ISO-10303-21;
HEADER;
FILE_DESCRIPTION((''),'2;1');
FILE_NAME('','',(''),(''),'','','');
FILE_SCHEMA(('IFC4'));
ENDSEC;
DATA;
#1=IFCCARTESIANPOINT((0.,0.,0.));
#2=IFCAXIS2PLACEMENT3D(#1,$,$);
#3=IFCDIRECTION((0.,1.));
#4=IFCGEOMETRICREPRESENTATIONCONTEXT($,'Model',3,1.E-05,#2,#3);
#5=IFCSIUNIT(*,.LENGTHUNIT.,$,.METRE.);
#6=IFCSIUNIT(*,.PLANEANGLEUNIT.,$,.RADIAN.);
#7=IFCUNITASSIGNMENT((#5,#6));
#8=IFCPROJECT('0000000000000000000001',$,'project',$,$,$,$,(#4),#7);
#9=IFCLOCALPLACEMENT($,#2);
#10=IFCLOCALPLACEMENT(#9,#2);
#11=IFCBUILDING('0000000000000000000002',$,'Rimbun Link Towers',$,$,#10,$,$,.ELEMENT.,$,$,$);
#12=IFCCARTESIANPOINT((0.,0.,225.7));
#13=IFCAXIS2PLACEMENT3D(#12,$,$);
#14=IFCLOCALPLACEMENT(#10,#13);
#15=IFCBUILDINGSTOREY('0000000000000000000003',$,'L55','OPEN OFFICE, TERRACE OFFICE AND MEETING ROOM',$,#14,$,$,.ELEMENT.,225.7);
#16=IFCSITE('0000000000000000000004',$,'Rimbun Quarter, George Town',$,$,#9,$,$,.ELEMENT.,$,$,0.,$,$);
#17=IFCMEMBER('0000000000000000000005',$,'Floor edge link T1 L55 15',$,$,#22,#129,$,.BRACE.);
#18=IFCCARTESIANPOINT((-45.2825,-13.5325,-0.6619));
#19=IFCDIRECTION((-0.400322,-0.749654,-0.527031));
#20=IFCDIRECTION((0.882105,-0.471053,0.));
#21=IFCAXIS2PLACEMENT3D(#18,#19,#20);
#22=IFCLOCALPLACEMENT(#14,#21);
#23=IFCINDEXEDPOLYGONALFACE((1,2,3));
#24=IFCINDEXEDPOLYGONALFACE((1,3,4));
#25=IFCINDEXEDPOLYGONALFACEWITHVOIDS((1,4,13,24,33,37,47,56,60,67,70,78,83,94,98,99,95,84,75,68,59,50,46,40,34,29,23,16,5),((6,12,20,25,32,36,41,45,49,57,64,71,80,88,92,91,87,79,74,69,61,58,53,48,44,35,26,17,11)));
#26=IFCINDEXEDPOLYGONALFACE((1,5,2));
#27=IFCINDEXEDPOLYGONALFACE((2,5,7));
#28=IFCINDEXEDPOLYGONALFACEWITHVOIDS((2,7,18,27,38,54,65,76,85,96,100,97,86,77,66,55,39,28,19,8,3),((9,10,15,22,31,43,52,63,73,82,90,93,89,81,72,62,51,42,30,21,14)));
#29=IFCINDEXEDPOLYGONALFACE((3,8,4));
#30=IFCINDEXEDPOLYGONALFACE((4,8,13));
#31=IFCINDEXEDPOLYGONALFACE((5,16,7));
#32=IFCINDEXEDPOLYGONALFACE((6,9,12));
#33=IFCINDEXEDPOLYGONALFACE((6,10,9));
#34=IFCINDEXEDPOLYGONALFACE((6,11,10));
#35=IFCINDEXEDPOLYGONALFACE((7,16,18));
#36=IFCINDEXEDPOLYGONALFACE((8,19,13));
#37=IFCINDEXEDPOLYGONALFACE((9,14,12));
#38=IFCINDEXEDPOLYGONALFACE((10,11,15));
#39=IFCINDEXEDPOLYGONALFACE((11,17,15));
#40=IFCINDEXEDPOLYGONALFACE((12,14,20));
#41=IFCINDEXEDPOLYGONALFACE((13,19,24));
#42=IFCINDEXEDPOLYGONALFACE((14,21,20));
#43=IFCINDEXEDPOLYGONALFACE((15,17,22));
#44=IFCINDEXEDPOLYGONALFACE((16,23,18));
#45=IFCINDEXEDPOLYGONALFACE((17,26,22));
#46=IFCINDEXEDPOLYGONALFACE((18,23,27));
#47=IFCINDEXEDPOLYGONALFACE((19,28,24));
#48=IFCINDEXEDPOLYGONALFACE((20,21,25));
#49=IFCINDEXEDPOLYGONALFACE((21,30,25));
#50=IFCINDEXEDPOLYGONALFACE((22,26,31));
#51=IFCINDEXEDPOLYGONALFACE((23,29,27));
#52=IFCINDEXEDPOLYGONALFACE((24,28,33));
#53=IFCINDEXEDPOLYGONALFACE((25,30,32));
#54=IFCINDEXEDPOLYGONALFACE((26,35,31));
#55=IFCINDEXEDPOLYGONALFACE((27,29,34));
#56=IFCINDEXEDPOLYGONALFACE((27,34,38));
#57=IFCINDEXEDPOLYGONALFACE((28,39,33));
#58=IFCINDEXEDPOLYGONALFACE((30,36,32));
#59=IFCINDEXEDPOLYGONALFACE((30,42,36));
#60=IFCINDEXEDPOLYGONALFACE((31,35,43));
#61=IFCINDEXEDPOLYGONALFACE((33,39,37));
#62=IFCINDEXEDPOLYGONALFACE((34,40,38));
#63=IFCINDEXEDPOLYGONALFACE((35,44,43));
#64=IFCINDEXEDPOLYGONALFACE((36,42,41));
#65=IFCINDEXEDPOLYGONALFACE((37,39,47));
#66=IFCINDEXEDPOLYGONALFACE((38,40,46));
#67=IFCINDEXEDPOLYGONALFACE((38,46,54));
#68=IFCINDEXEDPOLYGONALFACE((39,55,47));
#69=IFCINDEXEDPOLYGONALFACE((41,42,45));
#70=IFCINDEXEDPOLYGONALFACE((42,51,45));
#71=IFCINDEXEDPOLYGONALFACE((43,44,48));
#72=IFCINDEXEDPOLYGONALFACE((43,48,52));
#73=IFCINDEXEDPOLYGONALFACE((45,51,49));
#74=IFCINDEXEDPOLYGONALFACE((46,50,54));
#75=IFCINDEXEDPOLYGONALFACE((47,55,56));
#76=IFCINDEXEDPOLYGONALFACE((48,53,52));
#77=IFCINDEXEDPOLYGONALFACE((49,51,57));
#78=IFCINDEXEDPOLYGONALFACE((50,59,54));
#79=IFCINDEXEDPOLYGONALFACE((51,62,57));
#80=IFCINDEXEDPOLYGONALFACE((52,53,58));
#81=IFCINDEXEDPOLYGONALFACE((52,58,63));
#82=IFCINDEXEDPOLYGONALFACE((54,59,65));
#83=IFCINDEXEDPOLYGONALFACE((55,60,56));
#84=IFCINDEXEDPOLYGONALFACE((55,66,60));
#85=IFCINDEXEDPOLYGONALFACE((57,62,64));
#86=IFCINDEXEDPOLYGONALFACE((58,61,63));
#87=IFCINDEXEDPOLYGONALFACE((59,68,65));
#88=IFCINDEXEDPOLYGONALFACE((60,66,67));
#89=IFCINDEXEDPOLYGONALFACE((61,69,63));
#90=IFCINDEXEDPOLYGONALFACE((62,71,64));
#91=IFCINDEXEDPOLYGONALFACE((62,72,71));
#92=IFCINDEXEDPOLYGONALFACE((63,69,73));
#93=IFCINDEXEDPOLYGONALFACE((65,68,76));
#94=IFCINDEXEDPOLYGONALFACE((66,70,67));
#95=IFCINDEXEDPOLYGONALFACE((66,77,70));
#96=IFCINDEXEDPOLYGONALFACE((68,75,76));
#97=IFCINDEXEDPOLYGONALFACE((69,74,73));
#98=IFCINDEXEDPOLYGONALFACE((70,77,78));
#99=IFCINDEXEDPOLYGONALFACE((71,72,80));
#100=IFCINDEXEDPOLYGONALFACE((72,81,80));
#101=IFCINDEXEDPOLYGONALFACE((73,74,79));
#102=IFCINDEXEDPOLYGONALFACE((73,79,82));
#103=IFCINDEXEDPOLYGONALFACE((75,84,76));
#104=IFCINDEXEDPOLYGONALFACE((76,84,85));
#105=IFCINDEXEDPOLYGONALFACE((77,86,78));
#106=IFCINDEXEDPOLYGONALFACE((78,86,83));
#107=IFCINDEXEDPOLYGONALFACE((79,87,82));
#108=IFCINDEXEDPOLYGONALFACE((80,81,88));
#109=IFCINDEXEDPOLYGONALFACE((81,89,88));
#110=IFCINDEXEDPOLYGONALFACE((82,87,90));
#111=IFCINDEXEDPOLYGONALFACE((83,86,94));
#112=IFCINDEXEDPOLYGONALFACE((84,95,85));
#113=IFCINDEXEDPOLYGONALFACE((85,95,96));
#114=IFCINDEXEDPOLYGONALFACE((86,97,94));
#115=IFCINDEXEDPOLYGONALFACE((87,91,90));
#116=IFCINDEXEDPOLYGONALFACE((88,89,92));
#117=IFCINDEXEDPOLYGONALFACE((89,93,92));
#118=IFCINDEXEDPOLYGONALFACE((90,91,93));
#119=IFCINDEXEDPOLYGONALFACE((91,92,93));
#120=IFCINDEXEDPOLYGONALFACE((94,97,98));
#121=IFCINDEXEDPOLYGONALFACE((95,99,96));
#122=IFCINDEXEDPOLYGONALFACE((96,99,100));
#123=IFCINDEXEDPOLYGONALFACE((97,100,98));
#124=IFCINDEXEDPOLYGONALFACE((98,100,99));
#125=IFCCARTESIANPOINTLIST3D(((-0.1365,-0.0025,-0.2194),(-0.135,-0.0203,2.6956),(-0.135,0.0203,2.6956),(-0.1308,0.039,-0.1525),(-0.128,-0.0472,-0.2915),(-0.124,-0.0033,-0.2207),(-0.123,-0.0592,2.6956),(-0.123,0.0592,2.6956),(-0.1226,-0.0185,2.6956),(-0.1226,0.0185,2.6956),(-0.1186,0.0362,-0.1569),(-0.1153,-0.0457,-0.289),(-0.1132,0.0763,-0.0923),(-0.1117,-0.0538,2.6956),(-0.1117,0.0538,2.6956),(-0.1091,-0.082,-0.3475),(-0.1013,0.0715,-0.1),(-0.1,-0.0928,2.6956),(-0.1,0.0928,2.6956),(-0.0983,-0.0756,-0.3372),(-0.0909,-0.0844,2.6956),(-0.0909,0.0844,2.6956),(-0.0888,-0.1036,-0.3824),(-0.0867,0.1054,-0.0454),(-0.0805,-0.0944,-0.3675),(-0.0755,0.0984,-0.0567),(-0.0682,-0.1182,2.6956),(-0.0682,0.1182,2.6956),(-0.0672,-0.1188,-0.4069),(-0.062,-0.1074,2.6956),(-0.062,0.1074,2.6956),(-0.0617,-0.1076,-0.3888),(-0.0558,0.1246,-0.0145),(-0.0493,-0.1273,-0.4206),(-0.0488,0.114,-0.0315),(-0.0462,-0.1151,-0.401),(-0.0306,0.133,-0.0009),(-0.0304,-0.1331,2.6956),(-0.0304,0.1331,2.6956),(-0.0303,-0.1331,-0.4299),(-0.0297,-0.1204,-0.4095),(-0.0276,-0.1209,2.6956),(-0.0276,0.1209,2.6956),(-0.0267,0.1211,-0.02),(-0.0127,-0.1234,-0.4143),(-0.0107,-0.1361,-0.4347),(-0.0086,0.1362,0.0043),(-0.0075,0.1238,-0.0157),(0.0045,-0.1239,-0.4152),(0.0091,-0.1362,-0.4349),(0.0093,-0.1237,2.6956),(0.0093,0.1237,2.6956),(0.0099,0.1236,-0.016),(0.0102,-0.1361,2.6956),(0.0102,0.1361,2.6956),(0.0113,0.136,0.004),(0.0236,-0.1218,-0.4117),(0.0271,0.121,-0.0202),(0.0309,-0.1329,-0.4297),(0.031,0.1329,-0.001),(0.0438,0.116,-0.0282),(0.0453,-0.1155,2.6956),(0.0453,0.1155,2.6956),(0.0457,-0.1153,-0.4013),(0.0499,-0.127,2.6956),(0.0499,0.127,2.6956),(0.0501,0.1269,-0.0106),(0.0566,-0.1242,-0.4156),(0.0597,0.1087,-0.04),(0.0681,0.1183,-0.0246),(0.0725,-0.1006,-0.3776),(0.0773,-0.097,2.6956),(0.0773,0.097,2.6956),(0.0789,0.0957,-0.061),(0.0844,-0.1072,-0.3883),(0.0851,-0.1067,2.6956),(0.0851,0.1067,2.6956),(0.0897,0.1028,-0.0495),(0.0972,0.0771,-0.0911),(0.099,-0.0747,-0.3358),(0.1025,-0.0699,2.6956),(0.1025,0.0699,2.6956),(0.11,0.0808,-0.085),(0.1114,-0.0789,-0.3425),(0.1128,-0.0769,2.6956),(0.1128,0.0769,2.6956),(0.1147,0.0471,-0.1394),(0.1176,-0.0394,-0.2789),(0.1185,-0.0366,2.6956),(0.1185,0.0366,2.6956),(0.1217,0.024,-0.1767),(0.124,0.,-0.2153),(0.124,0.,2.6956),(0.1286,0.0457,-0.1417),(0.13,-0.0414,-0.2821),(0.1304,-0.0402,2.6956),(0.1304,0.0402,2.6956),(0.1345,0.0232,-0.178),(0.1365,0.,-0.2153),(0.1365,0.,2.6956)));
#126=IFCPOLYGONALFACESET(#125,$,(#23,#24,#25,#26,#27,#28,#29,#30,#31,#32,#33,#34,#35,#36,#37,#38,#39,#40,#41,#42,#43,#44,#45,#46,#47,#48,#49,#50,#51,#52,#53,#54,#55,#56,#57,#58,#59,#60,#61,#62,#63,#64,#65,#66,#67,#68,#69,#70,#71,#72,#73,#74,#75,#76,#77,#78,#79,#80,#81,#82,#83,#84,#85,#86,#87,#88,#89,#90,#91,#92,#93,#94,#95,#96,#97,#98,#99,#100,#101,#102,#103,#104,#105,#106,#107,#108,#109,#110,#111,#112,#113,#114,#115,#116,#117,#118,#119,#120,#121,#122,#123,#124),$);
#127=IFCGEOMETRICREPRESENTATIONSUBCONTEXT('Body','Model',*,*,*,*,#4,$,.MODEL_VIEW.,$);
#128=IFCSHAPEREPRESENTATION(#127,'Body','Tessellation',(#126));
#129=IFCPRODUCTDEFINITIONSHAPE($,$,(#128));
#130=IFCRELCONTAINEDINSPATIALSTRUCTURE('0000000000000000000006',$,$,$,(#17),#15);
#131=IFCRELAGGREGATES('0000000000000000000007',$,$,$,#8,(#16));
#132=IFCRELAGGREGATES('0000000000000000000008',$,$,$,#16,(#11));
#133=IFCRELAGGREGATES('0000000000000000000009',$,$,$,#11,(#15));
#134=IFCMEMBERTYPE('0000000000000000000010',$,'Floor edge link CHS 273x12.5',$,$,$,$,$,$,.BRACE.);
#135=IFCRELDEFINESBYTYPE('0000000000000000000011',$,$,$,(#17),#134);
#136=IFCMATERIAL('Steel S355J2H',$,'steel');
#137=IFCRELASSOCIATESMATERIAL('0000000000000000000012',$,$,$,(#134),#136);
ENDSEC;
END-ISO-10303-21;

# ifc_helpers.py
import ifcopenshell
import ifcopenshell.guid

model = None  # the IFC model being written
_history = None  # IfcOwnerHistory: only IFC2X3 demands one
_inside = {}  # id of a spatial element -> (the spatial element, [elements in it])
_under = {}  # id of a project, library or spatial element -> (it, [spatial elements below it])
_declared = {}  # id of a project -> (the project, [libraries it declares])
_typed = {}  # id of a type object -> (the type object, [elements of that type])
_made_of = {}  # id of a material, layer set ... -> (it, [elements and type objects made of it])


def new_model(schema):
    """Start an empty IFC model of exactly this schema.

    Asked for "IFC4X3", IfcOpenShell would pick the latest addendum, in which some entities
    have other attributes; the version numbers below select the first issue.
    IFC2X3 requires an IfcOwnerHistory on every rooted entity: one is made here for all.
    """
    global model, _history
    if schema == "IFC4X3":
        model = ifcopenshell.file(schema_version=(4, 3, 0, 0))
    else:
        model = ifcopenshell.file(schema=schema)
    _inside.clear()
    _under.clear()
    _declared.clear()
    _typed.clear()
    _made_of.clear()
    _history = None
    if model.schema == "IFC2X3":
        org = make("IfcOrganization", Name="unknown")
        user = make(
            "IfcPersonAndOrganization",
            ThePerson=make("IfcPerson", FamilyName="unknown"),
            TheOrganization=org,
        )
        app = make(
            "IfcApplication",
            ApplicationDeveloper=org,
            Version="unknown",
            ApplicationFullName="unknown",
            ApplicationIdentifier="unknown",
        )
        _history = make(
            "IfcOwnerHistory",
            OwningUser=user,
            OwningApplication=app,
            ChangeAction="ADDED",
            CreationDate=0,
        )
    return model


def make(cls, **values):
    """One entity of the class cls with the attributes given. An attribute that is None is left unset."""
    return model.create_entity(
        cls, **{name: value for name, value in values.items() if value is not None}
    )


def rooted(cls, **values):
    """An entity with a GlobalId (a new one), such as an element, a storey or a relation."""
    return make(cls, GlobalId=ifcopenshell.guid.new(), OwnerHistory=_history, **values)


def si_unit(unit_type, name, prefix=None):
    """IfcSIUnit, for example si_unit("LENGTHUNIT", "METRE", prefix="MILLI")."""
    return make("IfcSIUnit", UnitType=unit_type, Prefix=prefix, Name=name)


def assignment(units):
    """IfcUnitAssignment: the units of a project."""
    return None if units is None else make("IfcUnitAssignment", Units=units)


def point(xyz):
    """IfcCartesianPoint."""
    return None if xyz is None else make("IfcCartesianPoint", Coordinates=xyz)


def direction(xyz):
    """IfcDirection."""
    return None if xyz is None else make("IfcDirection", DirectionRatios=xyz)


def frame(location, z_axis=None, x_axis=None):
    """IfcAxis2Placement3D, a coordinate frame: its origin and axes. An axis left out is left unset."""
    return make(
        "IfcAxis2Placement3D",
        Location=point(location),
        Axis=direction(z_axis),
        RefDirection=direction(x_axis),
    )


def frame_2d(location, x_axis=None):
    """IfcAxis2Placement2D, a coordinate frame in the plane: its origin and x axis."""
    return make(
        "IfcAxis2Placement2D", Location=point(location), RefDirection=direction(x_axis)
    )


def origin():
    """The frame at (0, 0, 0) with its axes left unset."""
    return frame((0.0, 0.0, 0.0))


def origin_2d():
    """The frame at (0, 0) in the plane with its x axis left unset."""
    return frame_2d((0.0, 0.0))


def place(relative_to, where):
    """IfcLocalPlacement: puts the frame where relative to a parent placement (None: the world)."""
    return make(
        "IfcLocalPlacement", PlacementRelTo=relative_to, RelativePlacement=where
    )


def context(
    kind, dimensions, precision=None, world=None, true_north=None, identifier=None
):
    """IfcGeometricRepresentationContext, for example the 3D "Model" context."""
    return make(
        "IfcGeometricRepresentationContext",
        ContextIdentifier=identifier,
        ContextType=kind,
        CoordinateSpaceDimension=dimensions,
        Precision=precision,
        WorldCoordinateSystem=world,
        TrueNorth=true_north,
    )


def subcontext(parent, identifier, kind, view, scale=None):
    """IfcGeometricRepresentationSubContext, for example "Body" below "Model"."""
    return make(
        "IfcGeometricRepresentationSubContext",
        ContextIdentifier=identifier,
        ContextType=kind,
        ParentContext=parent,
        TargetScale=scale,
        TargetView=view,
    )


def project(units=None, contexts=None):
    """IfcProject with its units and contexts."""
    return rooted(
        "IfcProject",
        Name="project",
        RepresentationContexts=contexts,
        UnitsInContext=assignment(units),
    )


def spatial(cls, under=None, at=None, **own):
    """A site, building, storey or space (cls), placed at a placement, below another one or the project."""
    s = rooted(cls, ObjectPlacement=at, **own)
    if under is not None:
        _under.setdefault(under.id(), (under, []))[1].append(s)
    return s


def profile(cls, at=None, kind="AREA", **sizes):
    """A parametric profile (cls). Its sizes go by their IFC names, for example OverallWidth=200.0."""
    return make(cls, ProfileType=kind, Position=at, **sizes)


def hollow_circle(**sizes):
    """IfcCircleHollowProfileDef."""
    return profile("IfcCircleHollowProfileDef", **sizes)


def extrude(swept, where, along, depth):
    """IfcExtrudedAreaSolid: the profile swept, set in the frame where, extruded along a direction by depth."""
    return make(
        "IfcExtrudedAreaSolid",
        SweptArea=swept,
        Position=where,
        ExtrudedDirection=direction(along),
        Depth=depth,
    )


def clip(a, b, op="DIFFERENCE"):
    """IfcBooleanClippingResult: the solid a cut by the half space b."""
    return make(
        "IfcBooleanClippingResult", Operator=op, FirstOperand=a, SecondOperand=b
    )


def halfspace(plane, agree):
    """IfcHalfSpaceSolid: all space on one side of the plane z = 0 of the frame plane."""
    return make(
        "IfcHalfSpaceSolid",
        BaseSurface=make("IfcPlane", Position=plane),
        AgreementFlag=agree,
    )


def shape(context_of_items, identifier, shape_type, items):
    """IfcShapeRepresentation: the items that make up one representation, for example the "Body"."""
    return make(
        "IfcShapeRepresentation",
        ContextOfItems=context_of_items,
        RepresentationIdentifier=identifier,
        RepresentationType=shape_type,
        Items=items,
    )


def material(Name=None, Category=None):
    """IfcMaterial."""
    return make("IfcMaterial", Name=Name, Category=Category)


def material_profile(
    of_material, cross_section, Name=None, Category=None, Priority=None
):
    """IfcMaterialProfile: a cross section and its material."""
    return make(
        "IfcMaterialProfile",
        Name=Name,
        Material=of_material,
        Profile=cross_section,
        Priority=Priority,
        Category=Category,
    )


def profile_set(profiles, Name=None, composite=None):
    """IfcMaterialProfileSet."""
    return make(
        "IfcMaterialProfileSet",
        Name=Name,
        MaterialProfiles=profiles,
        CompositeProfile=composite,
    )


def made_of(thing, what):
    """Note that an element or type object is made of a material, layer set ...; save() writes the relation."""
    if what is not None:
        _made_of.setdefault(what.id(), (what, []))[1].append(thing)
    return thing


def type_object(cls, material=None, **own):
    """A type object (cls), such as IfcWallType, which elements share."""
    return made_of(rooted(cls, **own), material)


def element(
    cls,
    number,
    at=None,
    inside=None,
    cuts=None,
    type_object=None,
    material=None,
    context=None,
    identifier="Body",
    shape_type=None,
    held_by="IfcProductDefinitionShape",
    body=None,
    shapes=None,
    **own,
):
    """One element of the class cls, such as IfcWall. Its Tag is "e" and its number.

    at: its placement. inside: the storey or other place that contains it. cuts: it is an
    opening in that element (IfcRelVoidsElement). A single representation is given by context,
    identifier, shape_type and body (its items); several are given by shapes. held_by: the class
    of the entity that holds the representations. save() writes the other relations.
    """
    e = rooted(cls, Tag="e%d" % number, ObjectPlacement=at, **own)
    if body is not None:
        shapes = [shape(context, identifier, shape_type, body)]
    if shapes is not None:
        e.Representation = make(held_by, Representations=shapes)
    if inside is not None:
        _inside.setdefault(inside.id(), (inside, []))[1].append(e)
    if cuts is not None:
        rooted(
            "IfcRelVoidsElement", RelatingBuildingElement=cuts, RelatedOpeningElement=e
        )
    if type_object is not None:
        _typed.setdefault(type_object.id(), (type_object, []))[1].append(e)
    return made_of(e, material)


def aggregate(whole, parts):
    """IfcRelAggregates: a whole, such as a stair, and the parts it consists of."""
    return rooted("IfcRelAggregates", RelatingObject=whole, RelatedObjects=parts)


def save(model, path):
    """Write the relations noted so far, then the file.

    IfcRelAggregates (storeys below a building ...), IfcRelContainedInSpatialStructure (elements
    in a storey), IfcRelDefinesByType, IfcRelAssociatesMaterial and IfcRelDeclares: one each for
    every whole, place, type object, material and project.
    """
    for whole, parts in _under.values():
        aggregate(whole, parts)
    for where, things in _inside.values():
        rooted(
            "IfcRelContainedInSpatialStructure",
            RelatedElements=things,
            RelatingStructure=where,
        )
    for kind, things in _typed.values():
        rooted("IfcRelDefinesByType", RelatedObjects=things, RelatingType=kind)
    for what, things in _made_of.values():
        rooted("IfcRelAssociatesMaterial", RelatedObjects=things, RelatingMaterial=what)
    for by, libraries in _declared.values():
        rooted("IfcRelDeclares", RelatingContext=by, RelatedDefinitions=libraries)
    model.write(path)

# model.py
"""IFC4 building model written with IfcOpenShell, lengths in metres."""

from ifc_helpers import new_model, si_unit, direction, frame, origin, origin_2d, place, context, subcontext, project, spatial, hollow_circle, extrude, clip, halfspace, material, material_profile, profile_set, type_object, element, save


model = new_model("IFC4")

# Units and contexts
model_context = context("Model", 3, precision=1e-05, world=origin(), true_north=direction((0.0, 1.0)))
body_context = subcontext(model_context, "Body", "Model", "MODEL_VIEW")
ifc_project = project(units=[si_unit("LENGTHUNIT", "METRE"), si_unit("PLANEANGLEUNIT", "RADIAN")], contexts=[model_context])

# Site, building, storey
site_placement = place(None, origin())
site = spatial("IfcSite", under=ifc_project, at=site_placement, Name="Rimbun Quarter, George Town", CompositionType="ELEMENT", RefElevation=0.0)
building_placement = place(site_placement, origin())
building = spatial("IfcBuilding", under=site, at=building_placement, Name="Rimbun Link Towers", CompositionType="ELEMENT")
storey_placement = place(building_placement, frame((0.0, 0.0, 225.7)))
storey = spatial("IfcBuildingStorey", under=building, at=storey_placement, Name="L55", Description="OPEN OFFICE, TERRACE OFFICE AND MEETING ROOM", CompositionType="ELEMENT", Elevation=225.7)

# Member
ifc_material_1 = material(Name="Steel S355J2H", Category="steel")
ifc_material_profile_1 = material_profile(ifc_material_1, hollow_circle(Radius=0.1365, WallThickness=0.0125, at=origin_2d()), Name="CHS 273x12.5")
ifc_profile_set_1 = profile_set([ifc_material_profile_1], Name="Steel S355J2H")
member_type_1 = type_object("IfcMemberType", Name="Floor edge link CHS 273x12.5", PredefinedType="BRACE", material=ifc_profile_set_1)
member_1_placement = place(storey_placement, frame((-45.2825, -13.5325, -0.6619), z_axis=(-0.400322, -0.749654, -0.527031), x_axis=(0.882105, -0.471053, 0.0)))
element("IfcMember", 1, at=member_1_placement, inside=storey, type_object=member_type_1, Name="Floor edge link T1 L55 15", PredefinedType="BRACE", context=body_context, shape_type="Clipping", body=[
    clip(extrude(hollow_circle(Radius=0.1365, WallThickness=0.0125, at=origin_2d()), frame((0.0, 0.0, -0.4592)), (0.0, 0.0, 1.0), 3.1548), halfspace(frame((0.0, 0.0, -0.2153), z_axis=(0.0, 0.849846, -0.527031)), False)),
])

save(model, "model.ifc")
